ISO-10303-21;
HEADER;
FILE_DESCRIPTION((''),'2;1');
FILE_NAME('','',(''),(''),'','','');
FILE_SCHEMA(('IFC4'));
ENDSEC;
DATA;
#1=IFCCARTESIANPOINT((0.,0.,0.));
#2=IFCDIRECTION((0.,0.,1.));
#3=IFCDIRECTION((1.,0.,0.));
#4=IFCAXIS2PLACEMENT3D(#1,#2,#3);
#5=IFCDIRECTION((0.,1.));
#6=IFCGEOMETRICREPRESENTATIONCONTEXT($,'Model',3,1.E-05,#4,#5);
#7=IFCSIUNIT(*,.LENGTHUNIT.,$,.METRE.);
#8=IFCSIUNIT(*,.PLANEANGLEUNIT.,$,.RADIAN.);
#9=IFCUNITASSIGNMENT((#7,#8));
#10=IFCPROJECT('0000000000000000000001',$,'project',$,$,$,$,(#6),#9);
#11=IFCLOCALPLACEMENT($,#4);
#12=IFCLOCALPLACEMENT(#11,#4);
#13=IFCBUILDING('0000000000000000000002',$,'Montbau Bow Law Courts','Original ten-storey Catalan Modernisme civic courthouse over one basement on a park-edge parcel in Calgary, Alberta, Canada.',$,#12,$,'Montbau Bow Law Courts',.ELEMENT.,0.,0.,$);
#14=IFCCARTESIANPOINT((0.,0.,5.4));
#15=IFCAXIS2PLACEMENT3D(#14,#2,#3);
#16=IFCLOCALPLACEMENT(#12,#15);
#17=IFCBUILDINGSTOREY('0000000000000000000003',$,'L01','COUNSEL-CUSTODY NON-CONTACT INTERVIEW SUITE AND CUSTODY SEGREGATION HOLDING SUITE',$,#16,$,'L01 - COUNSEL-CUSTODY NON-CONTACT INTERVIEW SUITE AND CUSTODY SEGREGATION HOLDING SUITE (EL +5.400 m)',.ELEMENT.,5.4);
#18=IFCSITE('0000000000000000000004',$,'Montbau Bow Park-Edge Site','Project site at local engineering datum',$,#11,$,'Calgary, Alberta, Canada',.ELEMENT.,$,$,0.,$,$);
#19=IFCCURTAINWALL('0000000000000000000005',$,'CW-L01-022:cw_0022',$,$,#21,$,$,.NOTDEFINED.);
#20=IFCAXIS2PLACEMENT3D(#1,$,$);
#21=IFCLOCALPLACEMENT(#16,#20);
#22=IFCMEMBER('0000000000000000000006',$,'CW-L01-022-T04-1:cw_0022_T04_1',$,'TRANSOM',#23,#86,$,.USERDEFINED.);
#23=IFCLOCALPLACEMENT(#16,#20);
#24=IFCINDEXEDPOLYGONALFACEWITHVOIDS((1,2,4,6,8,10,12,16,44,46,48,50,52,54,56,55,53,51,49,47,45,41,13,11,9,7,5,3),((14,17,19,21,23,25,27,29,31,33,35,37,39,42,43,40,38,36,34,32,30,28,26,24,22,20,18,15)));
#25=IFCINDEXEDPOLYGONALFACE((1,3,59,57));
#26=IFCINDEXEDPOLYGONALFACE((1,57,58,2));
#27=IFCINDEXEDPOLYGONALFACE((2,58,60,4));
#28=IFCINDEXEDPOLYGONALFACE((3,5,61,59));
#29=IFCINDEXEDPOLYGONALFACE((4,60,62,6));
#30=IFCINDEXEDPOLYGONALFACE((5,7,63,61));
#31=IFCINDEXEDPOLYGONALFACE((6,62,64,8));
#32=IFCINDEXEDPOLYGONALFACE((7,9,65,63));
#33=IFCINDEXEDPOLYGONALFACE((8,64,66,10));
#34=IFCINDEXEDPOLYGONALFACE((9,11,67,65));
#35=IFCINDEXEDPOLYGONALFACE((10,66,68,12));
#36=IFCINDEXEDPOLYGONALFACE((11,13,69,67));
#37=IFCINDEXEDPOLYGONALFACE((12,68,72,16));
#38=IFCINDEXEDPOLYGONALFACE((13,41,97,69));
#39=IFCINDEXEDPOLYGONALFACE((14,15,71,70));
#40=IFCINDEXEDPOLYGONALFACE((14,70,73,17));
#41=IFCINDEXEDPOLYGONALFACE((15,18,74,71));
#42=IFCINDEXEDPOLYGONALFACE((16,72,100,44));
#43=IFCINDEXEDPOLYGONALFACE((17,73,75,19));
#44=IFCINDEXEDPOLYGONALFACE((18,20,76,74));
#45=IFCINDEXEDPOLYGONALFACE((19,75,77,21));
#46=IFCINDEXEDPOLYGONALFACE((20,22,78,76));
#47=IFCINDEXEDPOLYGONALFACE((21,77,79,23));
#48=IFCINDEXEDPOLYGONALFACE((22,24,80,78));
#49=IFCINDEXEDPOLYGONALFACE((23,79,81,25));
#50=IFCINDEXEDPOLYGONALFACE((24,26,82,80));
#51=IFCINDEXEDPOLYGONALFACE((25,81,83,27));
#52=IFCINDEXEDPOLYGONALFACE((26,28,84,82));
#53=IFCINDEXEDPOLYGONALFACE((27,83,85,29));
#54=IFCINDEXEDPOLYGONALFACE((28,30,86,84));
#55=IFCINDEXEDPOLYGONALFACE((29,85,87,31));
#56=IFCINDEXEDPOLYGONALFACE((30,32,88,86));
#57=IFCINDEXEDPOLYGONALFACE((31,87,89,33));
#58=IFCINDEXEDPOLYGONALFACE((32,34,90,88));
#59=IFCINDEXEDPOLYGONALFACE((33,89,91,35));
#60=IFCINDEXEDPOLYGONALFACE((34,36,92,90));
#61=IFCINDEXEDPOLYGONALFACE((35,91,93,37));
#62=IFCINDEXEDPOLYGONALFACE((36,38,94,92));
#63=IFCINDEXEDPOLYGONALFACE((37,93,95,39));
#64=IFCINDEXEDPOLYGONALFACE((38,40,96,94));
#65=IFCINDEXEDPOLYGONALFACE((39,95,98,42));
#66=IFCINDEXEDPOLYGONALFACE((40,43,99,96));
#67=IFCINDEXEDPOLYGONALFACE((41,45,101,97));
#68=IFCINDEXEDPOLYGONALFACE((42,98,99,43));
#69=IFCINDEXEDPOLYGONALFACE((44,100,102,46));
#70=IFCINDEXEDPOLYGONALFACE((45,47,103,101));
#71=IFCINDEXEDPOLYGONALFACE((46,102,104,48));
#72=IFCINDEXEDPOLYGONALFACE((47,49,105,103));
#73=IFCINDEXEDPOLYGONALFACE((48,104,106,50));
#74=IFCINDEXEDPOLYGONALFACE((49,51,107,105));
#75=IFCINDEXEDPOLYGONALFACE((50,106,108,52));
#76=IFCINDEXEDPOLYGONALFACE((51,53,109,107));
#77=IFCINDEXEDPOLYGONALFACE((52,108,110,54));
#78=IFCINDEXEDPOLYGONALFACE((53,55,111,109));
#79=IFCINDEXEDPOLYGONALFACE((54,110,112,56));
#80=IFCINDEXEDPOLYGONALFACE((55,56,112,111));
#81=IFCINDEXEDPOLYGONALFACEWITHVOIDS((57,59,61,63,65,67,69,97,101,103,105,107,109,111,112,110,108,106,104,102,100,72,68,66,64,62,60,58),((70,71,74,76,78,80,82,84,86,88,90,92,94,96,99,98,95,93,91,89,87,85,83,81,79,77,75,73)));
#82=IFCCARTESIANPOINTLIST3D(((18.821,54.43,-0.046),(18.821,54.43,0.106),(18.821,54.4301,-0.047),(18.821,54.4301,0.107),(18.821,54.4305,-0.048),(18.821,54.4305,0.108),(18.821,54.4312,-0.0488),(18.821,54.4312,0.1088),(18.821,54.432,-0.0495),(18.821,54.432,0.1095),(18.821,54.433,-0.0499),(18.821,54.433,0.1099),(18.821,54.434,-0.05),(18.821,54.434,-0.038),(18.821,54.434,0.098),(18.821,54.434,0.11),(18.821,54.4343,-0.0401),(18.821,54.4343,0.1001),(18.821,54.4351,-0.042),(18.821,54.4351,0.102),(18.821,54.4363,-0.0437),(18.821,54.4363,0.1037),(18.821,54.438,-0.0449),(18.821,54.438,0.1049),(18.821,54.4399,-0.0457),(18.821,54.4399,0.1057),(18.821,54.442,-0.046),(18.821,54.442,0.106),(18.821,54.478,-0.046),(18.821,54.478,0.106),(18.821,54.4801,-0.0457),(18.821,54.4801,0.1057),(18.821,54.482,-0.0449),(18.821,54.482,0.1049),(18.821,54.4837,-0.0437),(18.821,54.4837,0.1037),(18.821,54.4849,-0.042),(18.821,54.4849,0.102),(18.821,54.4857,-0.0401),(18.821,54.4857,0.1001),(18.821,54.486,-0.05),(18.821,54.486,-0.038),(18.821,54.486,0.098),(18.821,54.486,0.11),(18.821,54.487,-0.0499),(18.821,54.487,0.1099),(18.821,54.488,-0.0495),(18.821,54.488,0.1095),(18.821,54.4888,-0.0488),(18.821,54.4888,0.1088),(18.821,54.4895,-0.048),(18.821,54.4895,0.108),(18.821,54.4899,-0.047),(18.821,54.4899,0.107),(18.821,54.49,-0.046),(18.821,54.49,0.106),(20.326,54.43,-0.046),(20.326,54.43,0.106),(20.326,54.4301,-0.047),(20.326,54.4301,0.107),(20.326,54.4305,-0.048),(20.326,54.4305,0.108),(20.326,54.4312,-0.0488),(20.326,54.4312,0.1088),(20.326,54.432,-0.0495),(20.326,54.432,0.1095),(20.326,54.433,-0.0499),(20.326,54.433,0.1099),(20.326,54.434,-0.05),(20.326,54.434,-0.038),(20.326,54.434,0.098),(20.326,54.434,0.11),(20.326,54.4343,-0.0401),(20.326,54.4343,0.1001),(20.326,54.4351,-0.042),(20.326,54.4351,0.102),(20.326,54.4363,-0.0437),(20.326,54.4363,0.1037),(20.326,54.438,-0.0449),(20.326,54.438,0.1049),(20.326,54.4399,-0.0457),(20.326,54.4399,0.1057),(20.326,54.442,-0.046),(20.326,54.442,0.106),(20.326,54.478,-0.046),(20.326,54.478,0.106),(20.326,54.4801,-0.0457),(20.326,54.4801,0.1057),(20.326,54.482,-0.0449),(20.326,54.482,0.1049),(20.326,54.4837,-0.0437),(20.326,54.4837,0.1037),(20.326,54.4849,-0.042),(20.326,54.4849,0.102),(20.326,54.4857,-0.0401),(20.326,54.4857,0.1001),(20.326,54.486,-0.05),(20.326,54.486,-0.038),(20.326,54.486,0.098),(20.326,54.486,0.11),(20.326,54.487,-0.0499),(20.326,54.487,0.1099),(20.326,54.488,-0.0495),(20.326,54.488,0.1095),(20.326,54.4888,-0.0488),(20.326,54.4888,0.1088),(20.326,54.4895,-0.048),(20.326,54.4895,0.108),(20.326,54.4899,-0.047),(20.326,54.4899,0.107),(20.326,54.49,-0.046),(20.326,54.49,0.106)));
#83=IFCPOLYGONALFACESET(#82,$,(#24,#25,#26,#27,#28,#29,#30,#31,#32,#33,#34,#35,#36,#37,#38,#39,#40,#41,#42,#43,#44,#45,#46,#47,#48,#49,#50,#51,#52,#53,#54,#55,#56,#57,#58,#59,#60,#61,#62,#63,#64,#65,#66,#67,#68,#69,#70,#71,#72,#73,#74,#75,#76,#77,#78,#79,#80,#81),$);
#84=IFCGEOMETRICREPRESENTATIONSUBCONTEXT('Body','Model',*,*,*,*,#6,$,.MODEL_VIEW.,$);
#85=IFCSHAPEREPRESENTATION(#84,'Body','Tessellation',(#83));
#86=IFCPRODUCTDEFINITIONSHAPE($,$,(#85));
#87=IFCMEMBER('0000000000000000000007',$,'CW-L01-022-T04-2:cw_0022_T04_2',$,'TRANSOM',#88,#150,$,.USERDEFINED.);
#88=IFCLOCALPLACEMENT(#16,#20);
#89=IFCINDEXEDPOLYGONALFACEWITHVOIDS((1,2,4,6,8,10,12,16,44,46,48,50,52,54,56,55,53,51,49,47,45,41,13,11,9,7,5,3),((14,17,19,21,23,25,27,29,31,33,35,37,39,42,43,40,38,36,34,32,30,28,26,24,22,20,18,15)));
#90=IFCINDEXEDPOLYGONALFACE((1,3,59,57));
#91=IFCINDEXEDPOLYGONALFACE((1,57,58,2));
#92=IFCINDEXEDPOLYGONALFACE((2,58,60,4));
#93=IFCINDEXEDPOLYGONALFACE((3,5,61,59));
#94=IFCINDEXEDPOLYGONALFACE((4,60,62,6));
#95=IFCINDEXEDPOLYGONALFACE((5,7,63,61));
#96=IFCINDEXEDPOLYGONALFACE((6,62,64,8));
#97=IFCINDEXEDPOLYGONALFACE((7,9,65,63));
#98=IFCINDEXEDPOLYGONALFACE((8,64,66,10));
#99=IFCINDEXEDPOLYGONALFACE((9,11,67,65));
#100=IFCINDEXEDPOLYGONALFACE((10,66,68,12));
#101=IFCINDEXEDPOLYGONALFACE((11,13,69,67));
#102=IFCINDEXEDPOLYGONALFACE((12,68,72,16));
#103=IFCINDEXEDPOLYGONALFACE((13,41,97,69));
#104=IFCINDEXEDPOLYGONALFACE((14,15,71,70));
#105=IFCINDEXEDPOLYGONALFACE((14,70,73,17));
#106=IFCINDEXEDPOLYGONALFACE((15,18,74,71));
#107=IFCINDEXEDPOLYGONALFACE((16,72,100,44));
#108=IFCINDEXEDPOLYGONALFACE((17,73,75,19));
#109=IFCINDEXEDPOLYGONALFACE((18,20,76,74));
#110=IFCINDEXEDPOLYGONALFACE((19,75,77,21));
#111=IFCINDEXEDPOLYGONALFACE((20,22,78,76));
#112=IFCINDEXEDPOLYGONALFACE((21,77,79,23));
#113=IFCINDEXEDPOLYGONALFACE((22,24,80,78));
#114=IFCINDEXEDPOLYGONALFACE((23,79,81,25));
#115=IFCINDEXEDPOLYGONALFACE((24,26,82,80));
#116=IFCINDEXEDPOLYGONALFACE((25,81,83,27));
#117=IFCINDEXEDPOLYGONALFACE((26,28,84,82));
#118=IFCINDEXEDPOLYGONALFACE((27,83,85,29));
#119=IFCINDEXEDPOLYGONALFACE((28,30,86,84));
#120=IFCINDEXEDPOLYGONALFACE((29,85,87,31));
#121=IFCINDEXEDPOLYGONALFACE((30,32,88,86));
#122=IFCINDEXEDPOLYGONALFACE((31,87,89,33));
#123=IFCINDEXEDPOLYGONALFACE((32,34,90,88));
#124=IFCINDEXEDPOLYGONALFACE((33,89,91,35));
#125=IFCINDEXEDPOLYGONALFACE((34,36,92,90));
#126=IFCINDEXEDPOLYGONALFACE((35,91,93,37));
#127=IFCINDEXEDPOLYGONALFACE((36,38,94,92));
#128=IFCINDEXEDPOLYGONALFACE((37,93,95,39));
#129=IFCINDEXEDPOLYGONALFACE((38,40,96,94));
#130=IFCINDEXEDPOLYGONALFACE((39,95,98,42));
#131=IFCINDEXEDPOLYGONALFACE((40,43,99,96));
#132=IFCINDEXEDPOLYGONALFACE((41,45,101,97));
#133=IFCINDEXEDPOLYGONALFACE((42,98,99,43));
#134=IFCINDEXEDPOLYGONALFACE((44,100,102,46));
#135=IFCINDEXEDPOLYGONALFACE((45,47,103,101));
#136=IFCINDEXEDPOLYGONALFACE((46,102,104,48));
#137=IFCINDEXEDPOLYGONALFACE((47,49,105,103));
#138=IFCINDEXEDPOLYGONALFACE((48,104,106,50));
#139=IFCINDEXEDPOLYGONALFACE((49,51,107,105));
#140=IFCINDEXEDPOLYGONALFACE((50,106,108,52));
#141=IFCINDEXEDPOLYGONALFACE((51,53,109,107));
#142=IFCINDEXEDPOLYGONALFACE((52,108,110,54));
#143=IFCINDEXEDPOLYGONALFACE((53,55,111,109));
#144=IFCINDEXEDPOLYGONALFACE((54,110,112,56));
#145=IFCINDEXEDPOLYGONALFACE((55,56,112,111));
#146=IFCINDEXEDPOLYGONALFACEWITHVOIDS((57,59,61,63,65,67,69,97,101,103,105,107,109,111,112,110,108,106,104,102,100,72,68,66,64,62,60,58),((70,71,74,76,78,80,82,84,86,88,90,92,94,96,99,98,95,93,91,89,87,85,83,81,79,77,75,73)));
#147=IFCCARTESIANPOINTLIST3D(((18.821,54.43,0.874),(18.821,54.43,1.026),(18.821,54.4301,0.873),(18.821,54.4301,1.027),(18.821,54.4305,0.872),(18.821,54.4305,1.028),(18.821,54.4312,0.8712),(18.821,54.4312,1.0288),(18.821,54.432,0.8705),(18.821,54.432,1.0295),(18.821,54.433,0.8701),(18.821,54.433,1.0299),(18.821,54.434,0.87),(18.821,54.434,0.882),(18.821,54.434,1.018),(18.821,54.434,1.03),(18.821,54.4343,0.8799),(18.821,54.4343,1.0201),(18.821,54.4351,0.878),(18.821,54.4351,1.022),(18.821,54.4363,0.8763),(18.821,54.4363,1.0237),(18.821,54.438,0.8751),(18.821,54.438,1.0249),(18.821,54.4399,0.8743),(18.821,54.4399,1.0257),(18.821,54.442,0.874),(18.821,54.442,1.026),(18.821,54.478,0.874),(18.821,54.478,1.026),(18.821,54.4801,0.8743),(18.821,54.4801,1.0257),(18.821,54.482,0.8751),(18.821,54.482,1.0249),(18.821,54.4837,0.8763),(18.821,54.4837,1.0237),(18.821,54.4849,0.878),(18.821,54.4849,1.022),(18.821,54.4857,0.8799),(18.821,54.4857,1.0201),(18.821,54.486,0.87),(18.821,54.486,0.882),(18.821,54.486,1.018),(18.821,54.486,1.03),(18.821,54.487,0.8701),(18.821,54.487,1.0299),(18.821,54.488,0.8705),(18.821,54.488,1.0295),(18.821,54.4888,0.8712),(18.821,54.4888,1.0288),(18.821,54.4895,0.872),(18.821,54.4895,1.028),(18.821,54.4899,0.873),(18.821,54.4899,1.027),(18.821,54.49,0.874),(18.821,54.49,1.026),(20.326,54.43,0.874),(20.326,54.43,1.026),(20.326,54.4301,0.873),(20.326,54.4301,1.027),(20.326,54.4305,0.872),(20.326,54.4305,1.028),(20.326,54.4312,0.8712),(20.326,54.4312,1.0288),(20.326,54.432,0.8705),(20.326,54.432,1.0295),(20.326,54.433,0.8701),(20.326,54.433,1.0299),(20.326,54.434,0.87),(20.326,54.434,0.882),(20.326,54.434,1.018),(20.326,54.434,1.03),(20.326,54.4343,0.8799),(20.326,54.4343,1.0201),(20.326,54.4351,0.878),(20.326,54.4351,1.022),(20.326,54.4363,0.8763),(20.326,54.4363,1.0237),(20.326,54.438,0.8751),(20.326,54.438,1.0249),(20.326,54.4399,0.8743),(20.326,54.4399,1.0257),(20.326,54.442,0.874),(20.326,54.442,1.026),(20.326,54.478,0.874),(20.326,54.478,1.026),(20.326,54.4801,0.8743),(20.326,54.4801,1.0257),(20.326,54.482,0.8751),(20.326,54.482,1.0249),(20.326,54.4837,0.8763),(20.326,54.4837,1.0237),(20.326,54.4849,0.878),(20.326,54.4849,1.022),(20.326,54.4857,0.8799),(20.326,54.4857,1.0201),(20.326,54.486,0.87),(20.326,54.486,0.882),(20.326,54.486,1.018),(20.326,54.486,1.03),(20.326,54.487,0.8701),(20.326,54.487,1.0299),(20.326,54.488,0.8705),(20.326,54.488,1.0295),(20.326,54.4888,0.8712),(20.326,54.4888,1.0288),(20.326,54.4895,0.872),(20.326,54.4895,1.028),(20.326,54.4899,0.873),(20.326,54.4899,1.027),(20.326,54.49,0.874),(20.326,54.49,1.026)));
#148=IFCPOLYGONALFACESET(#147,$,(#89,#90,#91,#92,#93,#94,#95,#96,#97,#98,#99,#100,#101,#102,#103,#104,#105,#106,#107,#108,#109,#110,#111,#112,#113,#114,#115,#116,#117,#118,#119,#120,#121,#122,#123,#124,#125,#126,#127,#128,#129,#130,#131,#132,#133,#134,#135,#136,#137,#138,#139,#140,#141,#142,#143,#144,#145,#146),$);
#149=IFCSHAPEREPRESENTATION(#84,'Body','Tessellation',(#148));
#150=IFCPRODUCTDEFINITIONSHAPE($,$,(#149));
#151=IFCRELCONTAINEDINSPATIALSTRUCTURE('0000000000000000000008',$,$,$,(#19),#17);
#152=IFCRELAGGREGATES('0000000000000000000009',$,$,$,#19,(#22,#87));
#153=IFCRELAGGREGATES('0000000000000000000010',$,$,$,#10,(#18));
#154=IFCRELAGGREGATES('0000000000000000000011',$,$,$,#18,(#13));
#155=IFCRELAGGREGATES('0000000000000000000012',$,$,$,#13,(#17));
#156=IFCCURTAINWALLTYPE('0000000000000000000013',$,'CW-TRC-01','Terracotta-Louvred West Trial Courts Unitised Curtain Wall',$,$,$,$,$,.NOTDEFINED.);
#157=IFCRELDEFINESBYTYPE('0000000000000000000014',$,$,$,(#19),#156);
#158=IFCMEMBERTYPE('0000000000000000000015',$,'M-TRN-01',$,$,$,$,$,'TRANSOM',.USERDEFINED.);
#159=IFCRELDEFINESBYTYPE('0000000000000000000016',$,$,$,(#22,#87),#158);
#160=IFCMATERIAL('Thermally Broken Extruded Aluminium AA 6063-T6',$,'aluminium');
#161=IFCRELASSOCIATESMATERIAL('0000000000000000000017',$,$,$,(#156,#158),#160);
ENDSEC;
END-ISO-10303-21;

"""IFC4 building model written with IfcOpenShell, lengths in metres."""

from ifc_helpers import new_model, si_unit, direction, frame, origin_with_axes, origin_2d_with_axis, place, context, subcontext, project, spatial, hollow_rectangle, extrude, material, material_profile, profile_set, type_object, element, aggregate, save


model = new_model("IFC4")

# Units and contexts
model_context = context("Model", 3, precision=1e-05, world=origin_with_axes(), true_north=direction((0.0, 1.0)))
body_context = subcontext(model_context, "Body", "Model", "MODEL_VIEW")
ifc_project = project(units=[si_unit("LENGTHUNIT", "METRE"), si_unit("PLANEANGLEUNIT", "RADIAN")], contexts=[model_context])

# Site, building, storey
site_placement = place(None, origin_with_axes())
site = spatial("IfcSite", under=ifc_project, at=site_placement, Name="Montbau Bow Park-Edge Site", Description="Project site at local engineering datum", LongName="Calgary, Alberta, Canada", CompositionType="ELEMENT", RefElevation=0.0)
building_placement = place(site_placement, origin_with_axes())
building = spatial("IfcBuilding", under=site, at=building_placement, Name="Montbau Bow Law Courts", Description="Original ten-storey Catalan Modernisme civic courthouse over one basement on a park-edge parcel in Calgary, Alberta, Canada.", LongName="Montbau Bow Law Courts", CompositionType="ELEMENT", ElevationOfRefHeight=0.0, ElevationOfTerrain=0.0)
storey_placement = place(building_placement, frame((0.0, 0.0, 5.4), z_axis=(0.0, 0.0, 1.0), x_axis=(1.0, 0.0, 0.0)))
storey = spatial("IfcBuildingStorey", under=building, at=storey_placement, Name="L01", Description="COUNSEL-CUSTODY NON-CONTACT INTERVIEW SUITE AND CUSTODY SEGREGATION HOLDING SUITE", LongName="L01 - COUNSEL-CUSTODY NON-CONTACT INTERVIEW SUITE AND CUSTODY SEGREGATION HOLDING SUITE (EL +5.400 m)", CompositionType="ELEMENT", Elevation=5.4)

# Curtain wall, members
ifc_material_1 = material(Name="Thermally Broken Extruded Aluminium AA 6063-T6", Category="aluminium")
curtain_wall_type = type_object("IfcCurtainWallType", Name="CW-TRC-01", Description="Terracotta-Louvred West Trial Courts Unitised Curtain Wall", PredefinedType="NOTDEFINED", material=ifc_material_1)
curtain_wall_placement = place(None, frame((14.068, 54.46, 5.4), z_axis=(0.0, 0.0, 1.0), x_axis=(1.0, 0.0, 0.0)))
curtain_wall = element("IfcCurtainWall", 1, at=curtain_wall_placement, inside=storey, type_object=curtain_wall_type, Name="CW-L01-022:cw_0022", PredefinedType="NOTDEFINED")
ifc_material_profile_1 = material_profile(ifc_material_1, hollow_rectangle(XDim=0.06, YDim=0.16, WallThickness=0.004, InnerFilletRadius=0.008, OuterFilletRadius=0.004, at=origin_2d_with_axis()), Name="CWT-160X60", Category="Main", Priority=0)
ifc_profile_set_1 = profile_set([ifc_material_profile_1], Name="Thermally Broken Extruded Aluminium AA 6063-T6")
member_type_1 = type_object("IfcMemberType", Name="M-TRN-01", ElementType="TRANSOM", PredefinedType="USERDEFINED", material=ifc_profile_set_1)
member_1_placement = place(None, frame((18.821, 54.46, 5.43), z_axis=(1.0, 0.0, 0.0), x_axis=(0.0, 1.0, 0.0)))
member_1 = element("IfcMember", 2, at=member_1_placement, type_object=member_type_1, Name="CW-L01-022-T04-1:cw_0022_T04_1", ObjectType="TRANSOM", PredefinedType="USERDEFINED", context=body_context, shape_type="SweptSolid", body=[
    extrude(hollow_rectangle(XDim=0.06, YDim=0.16, WallThickness=0.004, InnerFilletRadius=0.008, OuterFilletRadius=0.004, at=origin_2d_with_axis()), origin_with_axes(), (0.0, 0.0, 1.0), 1.505),
])
member_2_placement = place(None, frame((18.821, 54.46, 6.35), z_axis=(1.0, 0.0, 0.0), x_axis=(0.0, 1.0, 0.0)))
member_2 = element("IfcMember", 3, at=member_2_placement, type_object=member_type_1, Name="CW-L01-022-T04-2:cw_0022_T04_2", ObjectType="TRANSOM", PredefinedType="USERDEFINED", context=body_context, shape_type="SweptSolid", body=[
    extrude(hollow_rectangle(XDim=0.06, YDim=0.16, WallThickness=0.004, InnerFilletRadius=0.008, OuterFilletRadius=0.004, at=origin_2d_with_axis()), origin_with_axes(), (0.0, 0.0, 1.0), 1.505),
])
aggregate(curtain_wall, [member_1, member_2])

save(model, "model.ifc")
